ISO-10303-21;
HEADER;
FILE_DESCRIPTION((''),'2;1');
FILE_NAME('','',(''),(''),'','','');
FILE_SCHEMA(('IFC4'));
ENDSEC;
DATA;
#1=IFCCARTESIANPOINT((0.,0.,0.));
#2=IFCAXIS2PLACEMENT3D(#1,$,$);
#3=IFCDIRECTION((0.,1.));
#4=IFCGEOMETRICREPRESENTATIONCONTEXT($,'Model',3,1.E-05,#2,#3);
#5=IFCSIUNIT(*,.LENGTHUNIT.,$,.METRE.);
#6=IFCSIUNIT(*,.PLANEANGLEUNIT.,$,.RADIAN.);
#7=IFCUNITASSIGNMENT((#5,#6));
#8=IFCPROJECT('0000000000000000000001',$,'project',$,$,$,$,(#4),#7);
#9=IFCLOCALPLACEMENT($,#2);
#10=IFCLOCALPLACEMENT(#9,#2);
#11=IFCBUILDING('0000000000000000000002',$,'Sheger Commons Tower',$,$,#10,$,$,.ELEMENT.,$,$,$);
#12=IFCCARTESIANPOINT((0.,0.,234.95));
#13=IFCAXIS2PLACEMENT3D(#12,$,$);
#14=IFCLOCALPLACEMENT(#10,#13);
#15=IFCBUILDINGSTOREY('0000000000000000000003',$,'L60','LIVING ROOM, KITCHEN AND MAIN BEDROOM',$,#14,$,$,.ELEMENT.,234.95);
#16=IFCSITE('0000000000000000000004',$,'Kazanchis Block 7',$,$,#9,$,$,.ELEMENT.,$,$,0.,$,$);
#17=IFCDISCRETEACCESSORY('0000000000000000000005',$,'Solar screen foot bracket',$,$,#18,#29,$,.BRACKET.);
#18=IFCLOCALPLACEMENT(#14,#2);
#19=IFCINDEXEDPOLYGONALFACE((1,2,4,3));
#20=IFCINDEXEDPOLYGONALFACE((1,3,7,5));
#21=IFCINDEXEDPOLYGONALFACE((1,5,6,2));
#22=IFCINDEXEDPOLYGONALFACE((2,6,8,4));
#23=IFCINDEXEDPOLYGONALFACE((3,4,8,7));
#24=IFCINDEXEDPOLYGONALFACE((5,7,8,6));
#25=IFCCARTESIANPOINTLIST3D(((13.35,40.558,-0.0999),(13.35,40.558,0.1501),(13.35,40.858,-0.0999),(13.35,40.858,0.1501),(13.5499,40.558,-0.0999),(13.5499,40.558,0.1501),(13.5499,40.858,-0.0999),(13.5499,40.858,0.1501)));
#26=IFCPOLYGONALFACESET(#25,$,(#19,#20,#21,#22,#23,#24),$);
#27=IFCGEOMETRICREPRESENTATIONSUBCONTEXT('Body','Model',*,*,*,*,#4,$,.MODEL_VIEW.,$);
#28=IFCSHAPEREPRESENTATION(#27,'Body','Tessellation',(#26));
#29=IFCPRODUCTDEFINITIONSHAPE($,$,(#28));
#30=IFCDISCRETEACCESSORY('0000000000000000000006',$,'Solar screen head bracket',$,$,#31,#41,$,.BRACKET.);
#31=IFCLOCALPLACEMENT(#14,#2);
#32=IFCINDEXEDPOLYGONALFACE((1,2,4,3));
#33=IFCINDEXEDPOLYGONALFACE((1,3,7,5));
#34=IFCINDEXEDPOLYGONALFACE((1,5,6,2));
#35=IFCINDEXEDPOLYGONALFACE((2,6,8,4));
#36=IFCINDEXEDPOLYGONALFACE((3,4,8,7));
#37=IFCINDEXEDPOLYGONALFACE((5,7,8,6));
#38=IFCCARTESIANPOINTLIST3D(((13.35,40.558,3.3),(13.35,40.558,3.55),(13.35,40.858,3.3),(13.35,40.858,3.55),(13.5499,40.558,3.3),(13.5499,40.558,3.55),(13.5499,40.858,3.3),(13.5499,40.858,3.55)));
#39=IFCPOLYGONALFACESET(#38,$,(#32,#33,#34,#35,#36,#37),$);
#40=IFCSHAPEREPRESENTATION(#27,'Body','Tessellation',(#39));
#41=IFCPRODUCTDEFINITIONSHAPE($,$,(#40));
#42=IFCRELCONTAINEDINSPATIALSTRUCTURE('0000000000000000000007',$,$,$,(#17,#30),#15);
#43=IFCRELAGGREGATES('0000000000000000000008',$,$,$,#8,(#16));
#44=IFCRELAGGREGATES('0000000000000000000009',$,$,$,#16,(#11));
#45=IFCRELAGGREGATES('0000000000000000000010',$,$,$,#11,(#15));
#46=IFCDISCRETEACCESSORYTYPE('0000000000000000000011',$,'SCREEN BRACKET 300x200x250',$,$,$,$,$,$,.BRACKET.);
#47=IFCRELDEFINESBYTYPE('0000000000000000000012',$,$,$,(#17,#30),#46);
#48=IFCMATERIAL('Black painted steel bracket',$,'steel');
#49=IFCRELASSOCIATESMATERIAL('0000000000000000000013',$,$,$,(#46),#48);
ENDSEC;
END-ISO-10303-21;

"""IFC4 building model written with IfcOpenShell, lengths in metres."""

from ifc_helpers import new_model, si_unit, direction, frame, origin, origin_2d, place, context, subcontext, project, spatial, rectangle, extrude, material, type_object, element, save


model = new_model("IFC4")

# Units and contexts
model_context = context("Model", 3, precision=1e-05, world=origin(), true_north=direction((0.0, 1.0)))
body_context = subcontext(model_context, "Body", "Model", "MODEL_VIEW")
ifc_project = project(units=[si_unit("LENGTHUNIT", "METRE"), si_unit("PLANEANGLEUNIT", "RADIAN")], contexts=[model_context])

# Site, building, storey
site_placement = place(None, origin())
site = spatial("IfcSite", under=ifc_project, at=site_placement, Name="Kazanchis Block 7", CompositionType="ELEMENT", RefElevation=0.0)
building_placement = place(site_placement, origin())
building = spatial("IfcBuilding", under=site, at=building_placement, Name="Sheger Commons Tower", CompositionType="ELEMENT")
storey_placement = place(building_placement, frame((0.0, 0.0, 234.95)))
storey = spatial("IfcBuildingStorey", under=building, at=storey_placement, Name="L60", Description="LIVING ROOM, KITCHEN AND MAIN BEDROOM", CompositionType="ELEMENT", Elevation=234.95)

# Discrete accessories
ifc_material_1 = material(Name="Black painted steel bracket", Category="steel")
discrete_accessory_type = type_object("IfcDiscreteAccessoryType", Name="SCREEN BRACKET 300x200x250", PredefinedType="BRACKET", material=ifc_material_1)
for number, where, z_axis, x_axis, name in (
    (1, (13.45, 40.708, -0.0999), (0.0, 0.0, 1.0), (0.0, -1.0, 0.0), "Solar screen foot bracket"),
    (2, (13.45, 40.708, 3.3), (0.0, 0.0, 1.0), (0.0, -1.0, 0.0), "Solar screen head bracket"),
):
    element("IfcDiscreteAccessory", number, at=place(storey_placement, frame(where, z_axis=z_axis, x_axis=x_axis)), inside=storey, type_object=discrete_accessory_type, Name=name, PredefinedType="BRACKET", context=body_context, shape_type="SweptSolid", body=[
        extrude(rectangle(XDim=0.3, YDim=0.2, at=origin_2d()), origin(), (0.0, 0.0, 1.0), 0.25),
    ])

save(model, "model.ifc")
